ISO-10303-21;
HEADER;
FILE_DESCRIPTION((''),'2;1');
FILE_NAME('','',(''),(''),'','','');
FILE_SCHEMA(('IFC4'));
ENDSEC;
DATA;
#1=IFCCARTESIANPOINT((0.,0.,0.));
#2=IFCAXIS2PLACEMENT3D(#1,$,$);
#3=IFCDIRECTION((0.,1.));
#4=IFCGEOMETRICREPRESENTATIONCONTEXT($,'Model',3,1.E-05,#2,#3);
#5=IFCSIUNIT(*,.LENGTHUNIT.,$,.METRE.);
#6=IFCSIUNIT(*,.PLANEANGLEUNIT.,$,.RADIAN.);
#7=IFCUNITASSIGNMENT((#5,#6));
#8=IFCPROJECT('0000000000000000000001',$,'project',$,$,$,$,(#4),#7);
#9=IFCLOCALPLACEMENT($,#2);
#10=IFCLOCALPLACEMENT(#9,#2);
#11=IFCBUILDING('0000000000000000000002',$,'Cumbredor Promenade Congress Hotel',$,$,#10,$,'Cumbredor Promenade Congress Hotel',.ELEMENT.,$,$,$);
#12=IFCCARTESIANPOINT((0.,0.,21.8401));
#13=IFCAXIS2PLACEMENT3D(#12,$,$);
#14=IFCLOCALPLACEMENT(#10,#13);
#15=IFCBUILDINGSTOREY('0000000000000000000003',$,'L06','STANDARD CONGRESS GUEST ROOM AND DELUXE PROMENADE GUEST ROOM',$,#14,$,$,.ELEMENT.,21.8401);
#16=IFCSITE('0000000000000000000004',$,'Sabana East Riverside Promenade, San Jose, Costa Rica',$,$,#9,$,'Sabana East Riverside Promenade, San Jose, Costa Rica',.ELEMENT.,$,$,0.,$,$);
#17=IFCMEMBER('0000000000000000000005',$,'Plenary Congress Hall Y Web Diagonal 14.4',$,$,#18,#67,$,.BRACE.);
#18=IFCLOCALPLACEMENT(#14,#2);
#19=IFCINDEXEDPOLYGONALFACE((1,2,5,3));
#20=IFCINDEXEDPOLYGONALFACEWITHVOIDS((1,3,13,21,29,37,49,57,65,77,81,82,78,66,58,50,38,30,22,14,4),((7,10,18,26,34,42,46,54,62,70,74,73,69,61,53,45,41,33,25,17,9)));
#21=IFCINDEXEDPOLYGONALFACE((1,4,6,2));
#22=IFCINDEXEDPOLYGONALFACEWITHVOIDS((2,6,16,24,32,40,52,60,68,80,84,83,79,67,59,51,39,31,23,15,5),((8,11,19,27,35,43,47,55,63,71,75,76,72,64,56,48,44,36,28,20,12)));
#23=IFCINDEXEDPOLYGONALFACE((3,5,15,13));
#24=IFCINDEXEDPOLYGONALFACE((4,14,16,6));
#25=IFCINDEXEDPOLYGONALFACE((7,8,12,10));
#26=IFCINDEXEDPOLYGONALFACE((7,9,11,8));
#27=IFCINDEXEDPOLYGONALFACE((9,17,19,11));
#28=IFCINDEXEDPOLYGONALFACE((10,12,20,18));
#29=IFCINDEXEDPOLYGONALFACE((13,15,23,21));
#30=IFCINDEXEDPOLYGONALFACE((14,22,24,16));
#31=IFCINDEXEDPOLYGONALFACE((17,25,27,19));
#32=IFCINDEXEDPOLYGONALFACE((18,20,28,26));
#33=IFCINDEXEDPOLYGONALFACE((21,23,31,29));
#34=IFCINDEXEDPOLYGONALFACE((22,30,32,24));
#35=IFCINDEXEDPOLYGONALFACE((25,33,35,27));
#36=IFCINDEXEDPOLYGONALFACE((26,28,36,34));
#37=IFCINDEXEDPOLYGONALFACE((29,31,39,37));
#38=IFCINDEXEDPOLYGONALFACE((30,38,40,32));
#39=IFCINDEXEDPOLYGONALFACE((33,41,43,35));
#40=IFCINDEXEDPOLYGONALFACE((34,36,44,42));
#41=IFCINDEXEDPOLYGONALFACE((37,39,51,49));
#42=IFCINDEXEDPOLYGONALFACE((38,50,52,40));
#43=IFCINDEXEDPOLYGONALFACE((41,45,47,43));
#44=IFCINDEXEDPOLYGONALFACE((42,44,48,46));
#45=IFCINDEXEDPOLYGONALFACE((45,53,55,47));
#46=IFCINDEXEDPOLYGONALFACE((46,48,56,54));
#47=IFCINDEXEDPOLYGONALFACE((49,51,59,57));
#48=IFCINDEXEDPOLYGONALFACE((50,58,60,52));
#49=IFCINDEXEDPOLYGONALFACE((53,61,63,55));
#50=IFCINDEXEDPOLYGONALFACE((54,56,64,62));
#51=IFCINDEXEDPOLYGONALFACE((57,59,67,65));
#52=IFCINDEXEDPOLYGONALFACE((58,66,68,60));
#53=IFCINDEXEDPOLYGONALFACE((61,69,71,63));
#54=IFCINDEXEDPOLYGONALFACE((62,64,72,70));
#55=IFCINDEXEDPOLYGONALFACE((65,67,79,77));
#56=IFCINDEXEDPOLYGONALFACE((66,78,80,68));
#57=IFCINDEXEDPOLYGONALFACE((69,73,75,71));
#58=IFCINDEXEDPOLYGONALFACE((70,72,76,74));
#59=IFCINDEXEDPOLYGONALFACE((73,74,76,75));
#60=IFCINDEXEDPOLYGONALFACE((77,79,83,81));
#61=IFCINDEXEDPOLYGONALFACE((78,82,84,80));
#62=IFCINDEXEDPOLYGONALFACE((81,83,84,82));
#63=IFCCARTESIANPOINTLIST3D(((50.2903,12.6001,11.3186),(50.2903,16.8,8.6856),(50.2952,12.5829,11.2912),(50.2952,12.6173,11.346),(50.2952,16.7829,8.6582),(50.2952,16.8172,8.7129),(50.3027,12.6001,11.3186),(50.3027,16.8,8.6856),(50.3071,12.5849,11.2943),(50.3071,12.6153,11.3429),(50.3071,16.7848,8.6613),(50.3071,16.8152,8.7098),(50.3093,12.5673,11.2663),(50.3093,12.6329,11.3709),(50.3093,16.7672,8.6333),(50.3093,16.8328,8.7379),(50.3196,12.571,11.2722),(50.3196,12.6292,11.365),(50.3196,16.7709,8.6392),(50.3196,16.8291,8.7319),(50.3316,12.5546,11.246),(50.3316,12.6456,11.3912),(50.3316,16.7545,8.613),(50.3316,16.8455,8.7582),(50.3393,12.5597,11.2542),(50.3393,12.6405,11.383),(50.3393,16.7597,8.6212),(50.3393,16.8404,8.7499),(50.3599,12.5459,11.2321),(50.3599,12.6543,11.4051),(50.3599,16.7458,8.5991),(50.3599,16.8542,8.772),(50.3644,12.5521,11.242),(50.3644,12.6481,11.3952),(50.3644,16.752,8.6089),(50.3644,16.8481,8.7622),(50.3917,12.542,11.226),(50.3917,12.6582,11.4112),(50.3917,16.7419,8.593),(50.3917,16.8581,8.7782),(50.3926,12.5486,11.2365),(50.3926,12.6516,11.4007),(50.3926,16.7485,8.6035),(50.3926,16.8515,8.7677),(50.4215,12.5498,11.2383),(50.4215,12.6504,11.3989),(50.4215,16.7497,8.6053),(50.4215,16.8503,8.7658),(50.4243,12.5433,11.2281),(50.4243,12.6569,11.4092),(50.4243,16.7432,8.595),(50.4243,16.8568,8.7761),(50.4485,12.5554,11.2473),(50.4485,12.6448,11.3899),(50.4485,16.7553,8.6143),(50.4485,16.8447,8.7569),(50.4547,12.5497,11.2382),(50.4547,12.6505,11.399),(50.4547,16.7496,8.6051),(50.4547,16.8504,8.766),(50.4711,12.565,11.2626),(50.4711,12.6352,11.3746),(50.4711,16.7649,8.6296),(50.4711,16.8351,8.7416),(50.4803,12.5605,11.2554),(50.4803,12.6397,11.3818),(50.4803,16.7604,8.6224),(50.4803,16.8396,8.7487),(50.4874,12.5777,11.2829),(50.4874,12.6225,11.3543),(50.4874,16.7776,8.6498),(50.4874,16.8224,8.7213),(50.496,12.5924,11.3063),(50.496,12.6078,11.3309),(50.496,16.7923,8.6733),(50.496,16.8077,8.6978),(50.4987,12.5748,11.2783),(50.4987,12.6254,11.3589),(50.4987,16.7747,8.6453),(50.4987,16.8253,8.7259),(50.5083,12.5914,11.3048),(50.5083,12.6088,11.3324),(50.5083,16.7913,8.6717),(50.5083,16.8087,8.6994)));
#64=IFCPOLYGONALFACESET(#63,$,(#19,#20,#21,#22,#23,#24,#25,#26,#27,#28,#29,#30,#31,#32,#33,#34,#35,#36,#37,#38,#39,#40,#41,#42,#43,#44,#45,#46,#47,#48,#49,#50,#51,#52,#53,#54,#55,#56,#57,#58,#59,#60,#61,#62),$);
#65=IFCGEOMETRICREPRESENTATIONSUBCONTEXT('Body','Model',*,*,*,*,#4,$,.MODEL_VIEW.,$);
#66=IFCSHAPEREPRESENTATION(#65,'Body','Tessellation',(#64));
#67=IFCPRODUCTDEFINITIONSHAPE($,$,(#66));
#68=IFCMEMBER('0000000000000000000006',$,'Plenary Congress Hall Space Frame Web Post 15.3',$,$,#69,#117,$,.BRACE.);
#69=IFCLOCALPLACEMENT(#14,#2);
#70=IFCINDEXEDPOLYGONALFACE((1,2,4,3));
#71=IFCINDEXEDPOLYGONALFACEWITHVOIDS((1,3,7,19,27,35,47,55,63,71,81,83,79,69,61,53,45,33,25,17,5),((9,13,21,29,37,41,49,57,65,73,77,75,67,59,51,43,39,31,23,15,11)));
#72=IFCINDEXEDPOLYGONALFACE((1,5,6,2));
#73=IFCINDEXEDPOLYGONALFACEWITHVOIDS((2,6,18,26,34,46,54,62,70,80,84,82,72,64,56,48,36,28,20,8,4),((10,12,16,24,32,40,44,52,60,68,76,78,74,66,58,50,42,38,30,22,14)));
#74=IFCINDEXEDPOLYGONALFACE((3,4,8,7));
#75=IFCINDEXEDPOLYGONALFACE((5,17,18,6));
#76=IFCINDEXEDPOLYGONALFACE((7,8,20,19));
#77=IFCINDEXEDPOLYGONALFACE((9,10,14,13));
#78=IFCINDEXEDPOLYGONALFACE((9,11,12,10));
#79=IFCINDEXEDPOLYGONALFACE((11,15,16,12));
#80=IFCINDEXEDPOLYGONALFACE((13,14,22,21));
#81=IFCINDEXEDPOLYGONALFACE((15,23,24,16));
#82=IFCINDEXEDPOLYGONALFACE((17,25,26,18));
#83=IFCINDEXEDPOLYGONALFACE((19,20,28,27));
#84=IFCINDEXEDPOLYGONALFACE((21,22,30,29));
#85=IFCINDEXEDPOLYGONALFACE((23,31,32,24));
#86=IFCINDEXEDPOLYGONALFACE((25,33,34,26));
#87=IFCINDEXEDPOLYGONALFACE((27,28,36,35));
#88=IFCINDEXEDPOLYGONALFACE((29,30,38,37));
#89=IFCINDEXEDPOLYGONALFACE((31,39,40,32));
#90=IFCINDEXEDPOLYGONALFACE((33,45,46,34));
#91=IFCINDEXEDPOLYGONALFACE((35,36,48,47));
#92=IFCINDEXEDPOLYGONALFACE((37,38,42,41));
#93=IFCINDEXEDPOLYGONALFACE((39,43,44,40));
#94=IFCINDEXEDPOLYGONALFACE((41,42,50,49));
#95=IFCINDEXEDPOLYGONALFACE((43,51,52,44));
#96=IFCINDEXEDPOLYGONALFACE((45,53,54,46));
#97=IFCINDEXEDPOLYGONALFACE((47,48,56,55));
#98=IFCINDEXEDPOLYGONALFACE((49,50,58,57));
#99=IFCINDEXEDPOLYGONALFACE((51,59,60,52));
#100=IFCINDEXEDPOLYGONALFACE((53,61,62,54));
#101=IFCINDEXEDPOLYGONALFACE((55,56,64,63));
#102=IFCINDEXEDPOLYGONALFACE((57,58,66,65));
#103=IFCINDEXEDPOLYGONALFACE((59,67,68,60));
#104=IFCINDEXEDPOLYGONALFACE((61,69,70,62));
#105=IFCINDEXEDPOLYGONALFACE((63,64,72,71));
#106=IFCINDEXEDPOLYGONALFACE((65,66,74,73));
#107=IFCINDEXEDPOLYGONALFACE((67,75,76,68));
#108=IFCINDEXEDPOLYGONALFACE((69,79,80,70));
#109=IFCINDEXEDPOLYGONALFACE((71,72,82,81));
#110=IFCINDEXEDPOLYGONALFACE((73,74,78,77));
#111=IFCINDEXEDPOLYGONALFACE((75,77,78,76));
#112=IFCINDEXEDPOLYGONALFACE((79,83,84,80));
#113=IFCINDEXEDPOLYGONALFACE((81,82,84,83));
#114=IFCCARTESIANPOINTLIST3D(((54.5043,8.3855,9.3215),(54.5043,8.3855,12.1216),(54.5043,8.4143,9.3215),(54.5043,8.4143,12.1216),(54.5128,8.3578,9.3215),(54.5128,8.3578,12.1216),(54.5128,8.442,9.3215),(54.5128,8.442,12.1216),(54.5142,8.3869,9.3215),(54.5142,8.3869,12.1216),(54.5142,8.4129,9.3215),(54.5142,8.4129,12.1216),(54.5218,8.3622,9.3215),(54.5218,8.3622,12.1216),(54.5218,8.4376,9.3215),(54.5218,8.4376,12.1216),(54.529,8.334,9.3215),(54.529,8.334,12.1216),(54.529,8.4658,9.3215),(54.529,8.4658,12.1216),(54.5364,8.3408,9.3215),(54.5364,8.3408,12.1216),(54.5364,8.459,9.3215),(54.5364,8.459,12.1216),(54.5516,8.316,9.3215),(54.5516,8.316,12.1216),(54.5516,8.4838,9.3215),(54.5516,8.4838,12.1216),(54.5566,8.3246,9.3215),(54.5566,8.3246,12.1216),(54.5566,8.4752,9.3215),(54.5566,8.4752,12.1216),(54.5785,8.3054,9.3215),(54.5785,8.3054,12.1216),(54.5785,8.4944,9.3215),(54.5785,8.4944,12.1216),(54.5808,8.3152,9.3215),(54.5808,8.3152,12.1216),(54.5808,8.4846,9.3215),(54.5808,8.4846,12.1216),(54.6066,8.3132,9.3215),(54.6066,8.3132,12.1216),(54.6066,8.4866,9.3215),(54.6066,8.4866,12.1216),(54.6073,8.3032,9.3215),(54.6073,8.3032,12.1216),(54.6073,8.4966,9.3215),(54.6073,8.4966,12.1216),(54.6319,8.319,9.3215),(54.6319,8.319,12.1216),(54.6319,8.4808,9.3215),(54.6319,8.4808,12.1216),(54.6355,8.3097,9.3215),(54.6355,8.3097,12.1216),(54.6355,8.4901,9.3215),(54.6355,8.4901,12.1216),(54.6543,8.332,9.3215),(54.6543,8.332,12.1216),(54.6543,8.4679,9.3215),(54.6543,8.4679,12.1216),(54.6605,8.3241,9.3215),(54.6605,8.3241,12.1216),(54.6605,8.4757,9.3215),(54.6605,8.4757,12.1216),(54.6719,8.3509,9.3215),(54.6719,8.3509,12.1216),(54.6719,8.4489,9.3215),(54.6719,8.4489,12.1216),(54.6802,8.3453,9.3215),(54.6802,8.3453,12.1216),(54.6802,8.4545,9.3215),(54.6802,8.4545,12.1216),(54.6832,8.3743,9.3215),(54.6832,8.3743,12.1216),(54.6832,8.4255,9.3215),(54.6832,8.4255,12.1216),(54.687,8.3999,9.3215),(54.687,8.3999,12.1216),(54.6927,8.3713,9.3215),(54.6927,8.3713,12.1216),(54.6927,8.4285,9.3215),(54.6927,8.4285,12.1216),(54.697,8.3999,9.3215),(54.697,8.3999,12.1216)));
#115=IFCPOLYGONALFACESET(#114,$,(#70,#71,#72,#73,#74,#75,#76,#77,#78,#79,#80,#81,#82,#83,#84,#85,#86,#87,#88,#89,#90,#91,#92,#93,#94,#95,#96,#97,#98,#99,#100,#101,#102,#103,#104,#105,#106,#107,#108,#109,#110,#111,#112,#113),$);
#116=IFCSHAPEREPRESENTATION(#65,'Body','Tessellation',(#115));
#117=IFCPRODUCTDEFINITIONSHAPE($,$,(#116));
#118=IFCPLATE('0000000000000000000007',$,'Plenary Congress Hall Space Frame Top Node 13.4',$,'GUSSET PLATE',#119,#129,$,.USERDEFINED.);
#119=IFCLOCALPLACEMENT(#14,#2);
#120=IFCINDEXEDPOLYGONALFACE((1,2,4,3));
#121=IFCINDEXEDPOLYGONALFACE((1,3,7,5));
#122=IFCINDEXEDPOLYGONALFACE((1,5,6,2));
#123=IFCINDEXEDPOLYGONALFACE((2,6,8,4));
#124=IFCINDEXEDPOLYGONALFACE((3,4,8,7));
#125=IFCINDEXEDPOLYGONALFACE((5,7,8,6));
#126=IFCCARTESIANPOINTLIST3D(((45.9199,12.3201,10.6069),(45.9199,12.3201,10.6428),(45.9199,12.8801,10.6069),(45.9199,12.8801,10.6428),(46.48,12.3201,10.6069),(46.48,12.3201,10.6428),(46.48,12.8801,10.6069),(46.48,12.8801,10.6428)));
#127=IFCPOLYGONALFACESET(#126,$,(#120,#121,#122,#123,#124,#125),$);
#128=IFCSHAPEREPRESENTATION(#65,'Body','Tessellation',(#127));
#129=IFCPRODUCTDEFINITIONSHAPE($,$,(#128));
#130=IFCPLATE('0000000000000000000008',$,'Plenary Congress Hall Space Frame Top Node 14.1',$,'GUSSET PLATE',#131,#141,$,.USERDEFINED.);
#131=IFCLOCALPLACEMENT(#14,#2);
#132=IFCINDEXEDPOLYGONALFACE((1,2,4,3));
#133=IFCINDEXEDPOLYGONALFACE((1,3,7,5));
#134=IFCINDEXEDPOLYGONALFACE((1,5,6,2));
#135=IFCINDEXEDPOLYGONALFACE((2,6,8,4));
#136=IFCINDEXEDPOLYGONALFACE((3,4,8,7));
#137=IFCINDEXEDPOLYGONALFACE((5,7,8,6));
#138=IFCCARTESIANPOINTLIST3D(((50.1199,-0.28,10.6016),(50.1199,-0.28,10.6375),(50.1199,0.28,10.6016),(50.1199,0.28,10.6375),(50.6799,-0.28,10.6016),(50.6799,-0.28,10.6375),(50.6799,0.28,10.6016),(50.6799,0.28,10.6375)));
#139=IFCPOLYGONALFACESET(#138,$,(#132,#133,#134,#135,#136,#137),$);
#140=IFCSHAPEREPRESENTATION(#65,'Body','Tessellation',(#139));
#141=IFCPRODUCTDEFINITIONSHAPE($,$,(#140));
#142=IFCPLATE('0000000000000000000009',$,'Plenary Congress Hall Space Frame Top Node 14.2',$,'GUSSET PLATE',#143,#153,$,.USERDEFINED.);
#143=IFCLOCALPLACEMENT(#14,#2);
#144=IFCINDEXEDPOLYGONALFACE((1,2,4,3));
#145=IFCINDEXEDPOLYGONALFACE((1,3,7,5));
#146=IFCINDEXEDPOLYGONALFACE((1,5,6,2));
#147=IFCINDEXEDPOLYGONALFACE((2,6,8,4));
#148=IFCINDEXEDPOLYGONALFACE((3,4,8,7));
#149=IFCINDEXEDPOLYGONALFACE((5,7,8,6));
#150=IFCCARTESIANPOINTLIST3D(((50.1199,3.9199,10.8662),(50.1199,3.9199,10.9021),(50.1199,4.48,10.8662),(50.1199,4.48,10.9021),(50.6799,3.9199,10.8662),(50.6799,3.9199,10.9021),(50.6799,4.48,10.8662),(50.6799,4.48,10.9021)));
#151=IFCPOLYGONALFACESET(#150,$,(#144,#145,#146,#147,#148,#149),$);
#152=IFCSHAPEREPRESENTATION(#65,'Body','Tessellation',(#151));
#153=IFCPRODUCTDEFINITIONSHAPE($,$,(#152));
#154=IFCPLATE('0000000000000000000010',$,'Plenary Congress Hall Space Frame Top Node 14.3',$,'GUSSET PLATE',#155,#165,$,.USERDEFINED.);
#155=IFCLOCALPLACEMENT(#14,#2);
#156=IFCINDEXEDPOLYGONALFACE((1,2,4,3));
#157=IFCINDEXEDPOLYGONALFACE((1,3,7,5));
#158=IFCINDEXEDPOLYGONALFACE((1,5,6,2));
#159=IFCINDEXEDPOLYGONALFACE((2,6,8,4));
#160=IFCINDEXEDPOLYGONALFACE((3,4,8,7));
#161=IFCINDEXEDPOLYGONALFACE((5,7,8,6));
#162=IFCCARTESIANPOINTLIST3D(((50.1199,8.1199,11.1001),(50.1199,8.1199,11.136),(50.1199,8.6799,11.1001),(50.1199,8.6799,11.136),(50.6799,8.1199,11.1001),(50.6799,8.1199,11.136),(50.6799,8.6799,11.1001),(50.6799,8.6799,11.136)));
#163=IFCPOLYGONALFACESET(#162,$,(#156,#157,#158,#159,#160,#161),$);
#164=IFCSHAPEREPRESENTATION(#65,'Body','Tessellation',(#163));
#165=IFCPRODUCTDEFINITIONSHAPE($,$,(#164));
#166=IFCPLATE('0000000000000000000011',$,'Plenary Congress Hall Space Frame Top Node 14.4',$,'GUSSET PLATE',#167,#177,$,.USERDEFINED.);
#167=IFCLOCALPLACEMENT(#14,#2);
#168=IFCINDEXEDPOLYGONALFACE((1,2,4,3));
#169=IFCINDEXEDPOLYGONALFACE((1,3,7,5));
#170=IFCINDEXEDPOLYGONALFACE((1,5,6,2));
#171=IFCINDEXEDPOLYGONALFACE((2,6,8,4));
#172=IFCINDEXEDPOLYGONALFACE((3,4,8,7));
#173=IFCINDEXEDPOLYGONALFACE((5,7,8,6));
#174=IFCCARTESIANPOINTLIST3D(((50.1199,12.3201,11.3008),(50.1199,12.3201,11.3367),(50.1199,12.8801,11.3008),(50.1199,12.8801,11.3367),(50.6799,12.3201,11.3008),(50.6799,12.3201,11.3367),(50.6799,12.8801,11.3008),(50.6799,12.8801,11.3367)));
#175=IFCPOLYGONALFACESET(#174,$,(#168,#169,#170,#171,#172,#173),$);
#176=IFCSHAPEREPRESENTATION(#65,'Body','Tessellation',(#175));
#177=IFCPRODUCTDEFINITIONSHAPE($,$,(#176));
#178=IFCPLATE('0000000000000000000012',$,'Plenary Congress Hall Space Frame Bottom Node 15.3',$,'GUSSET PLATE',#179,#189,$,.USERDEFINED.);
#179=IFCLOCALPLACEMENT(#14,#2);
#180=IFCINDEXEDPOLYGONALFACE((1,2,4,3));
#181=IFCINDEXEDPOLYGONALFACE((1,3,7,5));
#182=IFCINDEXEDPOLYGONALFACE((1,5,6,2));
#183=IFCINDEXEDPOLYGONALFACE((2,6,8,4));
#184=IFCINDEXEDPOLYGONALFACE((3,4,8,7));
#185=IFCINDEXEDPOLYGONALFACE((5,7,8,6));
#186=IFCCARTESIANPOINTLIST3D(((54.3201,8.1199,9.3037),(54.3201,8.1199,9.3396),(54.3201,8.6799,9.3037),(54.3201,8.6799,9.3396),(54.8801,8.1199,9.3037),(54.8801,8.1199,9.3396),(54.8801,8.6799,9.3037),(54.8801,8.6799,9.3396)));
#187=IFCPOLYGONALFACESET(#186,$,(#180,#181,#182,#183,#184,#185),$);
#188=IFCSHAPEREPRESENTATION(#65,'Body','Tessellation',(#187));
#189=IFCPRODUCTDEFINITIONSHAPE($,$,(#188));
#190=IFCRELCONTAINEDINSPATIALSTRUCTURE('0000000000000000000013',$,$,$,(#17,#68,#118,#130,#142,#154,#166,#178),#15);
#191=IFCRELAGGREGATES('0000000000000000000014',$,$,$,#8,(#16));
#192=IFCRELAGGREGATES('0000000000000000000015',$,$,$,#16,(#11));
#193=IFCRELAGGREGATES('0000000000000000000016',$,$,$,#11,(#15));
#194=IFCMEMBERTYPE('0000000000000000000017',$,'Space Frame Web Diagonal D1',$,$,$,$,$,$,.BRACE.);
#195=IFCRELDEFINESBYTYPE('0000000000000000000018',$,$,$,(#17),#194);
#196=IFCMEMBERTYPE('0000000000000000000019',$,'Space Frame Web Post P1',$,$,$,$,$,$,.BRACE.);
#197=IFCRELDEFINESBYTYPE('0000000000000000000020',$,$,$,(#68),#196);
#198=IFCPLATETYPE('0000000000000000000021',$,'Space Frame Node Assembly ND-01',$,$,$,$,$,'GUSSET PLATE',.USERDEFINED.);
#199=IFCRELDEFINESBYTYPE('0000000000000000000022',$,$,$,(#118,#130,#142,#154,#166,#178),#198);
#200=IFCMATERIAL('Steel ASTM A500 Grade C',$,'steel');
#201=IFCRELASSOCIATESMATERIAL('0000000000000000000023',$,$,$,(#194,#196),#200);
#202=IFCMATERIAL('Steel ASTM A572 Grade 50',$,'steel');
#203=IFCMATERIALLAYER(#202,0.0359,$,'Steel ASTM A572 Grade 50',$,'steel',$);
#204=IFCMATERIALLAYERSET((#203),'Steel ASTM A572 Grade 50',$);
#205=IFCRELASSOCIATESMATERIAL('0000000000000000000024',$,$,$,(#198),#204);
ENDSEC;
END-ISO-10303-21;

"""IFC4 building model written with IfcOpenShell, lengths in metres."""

from ifc_helpers import new_model, si_unit, direction, frame, origin, origin_2d, place, context, subcontext, project, spatial, rectangle, hollow_circle, extrude, material, layer, layer_set, material_profile, profile_set, type_object, element, save


model = new_model("IFC4")

# Units and contexts
model_context = context("Model", 3, precision=1e-05, world=origin(), true_north=direction((0.0, 1.0)))
body_context = subcontext(model_context, "Body", "Model", "MODEL_VIEW")
ifc_project = project(units=[si_unit("LENGTHUNIT", "METRE"), si_unit("PLANEANGLEUNIT", "RADIAN")], contexts=[model_context])

# Site, building, storey
site_placement = place(None, origin())
site = spatial("IfcSite", under=ifc_project, at=site_placement, Name="Sabana East Riverside Promenade, San Jose, Costa Rica", LongName="Sabana East Riverside Promenade, San Jose, Costa Rica", CompositionType="ELEMENT", RefElevation=0.0)
building_placement = place(site_placement, origin())
building = spatial("IfcBuilding", under=site, at=building_placement, Name="Cumbredor Promenade Congress Hotel", LongName="Cumbredor Promenade Congress Hotel", CompositionType="ELEMENT")
storey_placement = place(building_placement, frame((0.0, 0.0, 21.8401)))
storey = spatial("IfcBuildingStorey", under=building, at=storey_placement, Name="L06", Description="STANDARD CONGRESS GUEST ROOM AND DELUXE PROMENADE GUEST ROOM", CompositionType="ELEMENT", Elevation=21.8401)

# Members
ifc_material_1 = material(Name="Steel ASTM A500 Grade C", Category="steel")
ifc_material_profile_1 = material_profile(ifc_material_1, hollow_circle(Radius=0.1096, WallThickness=0.0125, at=origin_2d()), Name="CHS 219.1x12.5")
ifc_profile_set_1 = profile_set([ifc_material_profile_1], Name="Steel ASTM A500 Grade C")
member_type_1 = type_object("IfcMemberType", Name="Space Frame Web Diagonal D1", PredefinedType="BRACE", material=ifc_profile_set_1)
member_1_placement = place(storey_placement, frame((50.3999, 12.6001, 11.3186), z_axis=(0.0, 0.847264, -0.531172), x_axis=(-1.0, 0.0, 0.0)))
element("IfcMember", 1, at=member_1_placement, inside=storey, type_object=member_type_1, Name="Plenary Congress Hall Y Web Diagonal 14.4", PredefinedType="BRACE", context=body_context, shape_type="SweptSolid", body=[
    extrude(hollow_circle(Radius=0.1096, WallThickness=0.0125, at=origin_2d()), origin(), (0.0, 0.0, 1.0), 4.957),
])
ifc_material_profile_2 = material_profile(ifc_material_1, hollow_circle(Radius=0.0969, WallThickness=0.01, at=origin_2d()), Name="CHS 193.7x10")
ifc_profile_set_2 = profile_set([ifc_material_profile_2], Name="Steel ASTM A500 Grade C")
member_type_2 = type_object("IfcMemberType", Name="Space Frame Web Post P1", PredefinedType="BRACE", material=ifc_profile_set_2)
member_2_placement = place(storey_placement, frame((54.6001, 8.3999, 9.3215), z_axis=(0.0, 0.0, 1.0), x_axis=(1.0, 0.0, 0.0)))
element("IfcMember", 2, at=member_2_placement, inside=storey, type_object=member_type_2, Name="Plenary Congress Hall Space Frame Web Post 15.3", PredefinedType="BRACE", context=body_context, shape_type="SweptSolid", body=[
    extrude(hollow_circle(Radius=0.0969, WallThickness=0.01, at=origin_2d()), origin(), (0.0, 0.0, 1.0), 2.8),
])

# Plates
ifc_material_2 = material(Name="Steel ASTM A572 Grade 50", Category="steel")
ifc_layer = layer(ifc_material_2, 0.0359, Name="Steel ASTM A572 Grade 50", Category="steel")
ifc_layer_set = layer_set([ifc_layer], Name="Steel ASTM A572 Grade 50")
plate_type = type_object("IfcPlateType", Name="Space Frame Node Assembly ND-01", ElementType="GUSSET PLATE", PredefinedType="USERDEFINED", material=ifc_layer_set)
for number, where, z_axis, x_axis, name in (
    (3, (46.2, 12.6001, 10.6069), (0.0, 0.0, 1.0), (1.0, 0.0, 0.0), "Plenary Congress Hall Space Frame Top Node 13.4"),
    (4, (50.3999, 0.0, 10.6016), (0.0, 0.0, 1.0), (1.0, 0.0, 0.0), "Plenary Congress Hall Space Frame Top Node 14.1"),
    (5, (50.3999, 4.2, 10.8662), (0.0, 0.0, 1.0), (1.0, 0.0, 0.0), "Plenary Congress Hall Space Frame Top Node 14.2"),
    (6, (50.3999, 8.3999, 11.1001), (0.0, 0.0, 1.0), (1.0, 0.0, 0.0), "Plenary Congress Hall Space Frame Top Node 14.3"),
    (7, (50.3999, 12.6001, 11.3008), (0.0, 0.0, 1.0), (1.0, 0.0, 0.0), "Plenary Congress Hall Space Frame Top Node 14.4"),
    (8, (54.6001, 8.3999, 9.3037), (0.0, 0.0, 1.0), (1.0, 0.0, 0.0), "Plenary Congress Hall Space Frame Bottom Node 15.3"),
):
    element("IfcPlate", number, at=place(storey_placement, frame(where, z_axis=z_axis, x_axis=x_axis)), inside=storey, type_object=plate_type, Name=name, ObjectType="GUSSET PLATE", PredefinedType="USERDEFINED", context=body_context, shape_type="SweptSolid", body=[
        extrude(rectangle(XDim=0.5601, YDim=0.5601, at=origin_2d()), origin(), (0.0, 0.0, 1.0), 0.0359),
    ])

save(model, "model.ifc")
